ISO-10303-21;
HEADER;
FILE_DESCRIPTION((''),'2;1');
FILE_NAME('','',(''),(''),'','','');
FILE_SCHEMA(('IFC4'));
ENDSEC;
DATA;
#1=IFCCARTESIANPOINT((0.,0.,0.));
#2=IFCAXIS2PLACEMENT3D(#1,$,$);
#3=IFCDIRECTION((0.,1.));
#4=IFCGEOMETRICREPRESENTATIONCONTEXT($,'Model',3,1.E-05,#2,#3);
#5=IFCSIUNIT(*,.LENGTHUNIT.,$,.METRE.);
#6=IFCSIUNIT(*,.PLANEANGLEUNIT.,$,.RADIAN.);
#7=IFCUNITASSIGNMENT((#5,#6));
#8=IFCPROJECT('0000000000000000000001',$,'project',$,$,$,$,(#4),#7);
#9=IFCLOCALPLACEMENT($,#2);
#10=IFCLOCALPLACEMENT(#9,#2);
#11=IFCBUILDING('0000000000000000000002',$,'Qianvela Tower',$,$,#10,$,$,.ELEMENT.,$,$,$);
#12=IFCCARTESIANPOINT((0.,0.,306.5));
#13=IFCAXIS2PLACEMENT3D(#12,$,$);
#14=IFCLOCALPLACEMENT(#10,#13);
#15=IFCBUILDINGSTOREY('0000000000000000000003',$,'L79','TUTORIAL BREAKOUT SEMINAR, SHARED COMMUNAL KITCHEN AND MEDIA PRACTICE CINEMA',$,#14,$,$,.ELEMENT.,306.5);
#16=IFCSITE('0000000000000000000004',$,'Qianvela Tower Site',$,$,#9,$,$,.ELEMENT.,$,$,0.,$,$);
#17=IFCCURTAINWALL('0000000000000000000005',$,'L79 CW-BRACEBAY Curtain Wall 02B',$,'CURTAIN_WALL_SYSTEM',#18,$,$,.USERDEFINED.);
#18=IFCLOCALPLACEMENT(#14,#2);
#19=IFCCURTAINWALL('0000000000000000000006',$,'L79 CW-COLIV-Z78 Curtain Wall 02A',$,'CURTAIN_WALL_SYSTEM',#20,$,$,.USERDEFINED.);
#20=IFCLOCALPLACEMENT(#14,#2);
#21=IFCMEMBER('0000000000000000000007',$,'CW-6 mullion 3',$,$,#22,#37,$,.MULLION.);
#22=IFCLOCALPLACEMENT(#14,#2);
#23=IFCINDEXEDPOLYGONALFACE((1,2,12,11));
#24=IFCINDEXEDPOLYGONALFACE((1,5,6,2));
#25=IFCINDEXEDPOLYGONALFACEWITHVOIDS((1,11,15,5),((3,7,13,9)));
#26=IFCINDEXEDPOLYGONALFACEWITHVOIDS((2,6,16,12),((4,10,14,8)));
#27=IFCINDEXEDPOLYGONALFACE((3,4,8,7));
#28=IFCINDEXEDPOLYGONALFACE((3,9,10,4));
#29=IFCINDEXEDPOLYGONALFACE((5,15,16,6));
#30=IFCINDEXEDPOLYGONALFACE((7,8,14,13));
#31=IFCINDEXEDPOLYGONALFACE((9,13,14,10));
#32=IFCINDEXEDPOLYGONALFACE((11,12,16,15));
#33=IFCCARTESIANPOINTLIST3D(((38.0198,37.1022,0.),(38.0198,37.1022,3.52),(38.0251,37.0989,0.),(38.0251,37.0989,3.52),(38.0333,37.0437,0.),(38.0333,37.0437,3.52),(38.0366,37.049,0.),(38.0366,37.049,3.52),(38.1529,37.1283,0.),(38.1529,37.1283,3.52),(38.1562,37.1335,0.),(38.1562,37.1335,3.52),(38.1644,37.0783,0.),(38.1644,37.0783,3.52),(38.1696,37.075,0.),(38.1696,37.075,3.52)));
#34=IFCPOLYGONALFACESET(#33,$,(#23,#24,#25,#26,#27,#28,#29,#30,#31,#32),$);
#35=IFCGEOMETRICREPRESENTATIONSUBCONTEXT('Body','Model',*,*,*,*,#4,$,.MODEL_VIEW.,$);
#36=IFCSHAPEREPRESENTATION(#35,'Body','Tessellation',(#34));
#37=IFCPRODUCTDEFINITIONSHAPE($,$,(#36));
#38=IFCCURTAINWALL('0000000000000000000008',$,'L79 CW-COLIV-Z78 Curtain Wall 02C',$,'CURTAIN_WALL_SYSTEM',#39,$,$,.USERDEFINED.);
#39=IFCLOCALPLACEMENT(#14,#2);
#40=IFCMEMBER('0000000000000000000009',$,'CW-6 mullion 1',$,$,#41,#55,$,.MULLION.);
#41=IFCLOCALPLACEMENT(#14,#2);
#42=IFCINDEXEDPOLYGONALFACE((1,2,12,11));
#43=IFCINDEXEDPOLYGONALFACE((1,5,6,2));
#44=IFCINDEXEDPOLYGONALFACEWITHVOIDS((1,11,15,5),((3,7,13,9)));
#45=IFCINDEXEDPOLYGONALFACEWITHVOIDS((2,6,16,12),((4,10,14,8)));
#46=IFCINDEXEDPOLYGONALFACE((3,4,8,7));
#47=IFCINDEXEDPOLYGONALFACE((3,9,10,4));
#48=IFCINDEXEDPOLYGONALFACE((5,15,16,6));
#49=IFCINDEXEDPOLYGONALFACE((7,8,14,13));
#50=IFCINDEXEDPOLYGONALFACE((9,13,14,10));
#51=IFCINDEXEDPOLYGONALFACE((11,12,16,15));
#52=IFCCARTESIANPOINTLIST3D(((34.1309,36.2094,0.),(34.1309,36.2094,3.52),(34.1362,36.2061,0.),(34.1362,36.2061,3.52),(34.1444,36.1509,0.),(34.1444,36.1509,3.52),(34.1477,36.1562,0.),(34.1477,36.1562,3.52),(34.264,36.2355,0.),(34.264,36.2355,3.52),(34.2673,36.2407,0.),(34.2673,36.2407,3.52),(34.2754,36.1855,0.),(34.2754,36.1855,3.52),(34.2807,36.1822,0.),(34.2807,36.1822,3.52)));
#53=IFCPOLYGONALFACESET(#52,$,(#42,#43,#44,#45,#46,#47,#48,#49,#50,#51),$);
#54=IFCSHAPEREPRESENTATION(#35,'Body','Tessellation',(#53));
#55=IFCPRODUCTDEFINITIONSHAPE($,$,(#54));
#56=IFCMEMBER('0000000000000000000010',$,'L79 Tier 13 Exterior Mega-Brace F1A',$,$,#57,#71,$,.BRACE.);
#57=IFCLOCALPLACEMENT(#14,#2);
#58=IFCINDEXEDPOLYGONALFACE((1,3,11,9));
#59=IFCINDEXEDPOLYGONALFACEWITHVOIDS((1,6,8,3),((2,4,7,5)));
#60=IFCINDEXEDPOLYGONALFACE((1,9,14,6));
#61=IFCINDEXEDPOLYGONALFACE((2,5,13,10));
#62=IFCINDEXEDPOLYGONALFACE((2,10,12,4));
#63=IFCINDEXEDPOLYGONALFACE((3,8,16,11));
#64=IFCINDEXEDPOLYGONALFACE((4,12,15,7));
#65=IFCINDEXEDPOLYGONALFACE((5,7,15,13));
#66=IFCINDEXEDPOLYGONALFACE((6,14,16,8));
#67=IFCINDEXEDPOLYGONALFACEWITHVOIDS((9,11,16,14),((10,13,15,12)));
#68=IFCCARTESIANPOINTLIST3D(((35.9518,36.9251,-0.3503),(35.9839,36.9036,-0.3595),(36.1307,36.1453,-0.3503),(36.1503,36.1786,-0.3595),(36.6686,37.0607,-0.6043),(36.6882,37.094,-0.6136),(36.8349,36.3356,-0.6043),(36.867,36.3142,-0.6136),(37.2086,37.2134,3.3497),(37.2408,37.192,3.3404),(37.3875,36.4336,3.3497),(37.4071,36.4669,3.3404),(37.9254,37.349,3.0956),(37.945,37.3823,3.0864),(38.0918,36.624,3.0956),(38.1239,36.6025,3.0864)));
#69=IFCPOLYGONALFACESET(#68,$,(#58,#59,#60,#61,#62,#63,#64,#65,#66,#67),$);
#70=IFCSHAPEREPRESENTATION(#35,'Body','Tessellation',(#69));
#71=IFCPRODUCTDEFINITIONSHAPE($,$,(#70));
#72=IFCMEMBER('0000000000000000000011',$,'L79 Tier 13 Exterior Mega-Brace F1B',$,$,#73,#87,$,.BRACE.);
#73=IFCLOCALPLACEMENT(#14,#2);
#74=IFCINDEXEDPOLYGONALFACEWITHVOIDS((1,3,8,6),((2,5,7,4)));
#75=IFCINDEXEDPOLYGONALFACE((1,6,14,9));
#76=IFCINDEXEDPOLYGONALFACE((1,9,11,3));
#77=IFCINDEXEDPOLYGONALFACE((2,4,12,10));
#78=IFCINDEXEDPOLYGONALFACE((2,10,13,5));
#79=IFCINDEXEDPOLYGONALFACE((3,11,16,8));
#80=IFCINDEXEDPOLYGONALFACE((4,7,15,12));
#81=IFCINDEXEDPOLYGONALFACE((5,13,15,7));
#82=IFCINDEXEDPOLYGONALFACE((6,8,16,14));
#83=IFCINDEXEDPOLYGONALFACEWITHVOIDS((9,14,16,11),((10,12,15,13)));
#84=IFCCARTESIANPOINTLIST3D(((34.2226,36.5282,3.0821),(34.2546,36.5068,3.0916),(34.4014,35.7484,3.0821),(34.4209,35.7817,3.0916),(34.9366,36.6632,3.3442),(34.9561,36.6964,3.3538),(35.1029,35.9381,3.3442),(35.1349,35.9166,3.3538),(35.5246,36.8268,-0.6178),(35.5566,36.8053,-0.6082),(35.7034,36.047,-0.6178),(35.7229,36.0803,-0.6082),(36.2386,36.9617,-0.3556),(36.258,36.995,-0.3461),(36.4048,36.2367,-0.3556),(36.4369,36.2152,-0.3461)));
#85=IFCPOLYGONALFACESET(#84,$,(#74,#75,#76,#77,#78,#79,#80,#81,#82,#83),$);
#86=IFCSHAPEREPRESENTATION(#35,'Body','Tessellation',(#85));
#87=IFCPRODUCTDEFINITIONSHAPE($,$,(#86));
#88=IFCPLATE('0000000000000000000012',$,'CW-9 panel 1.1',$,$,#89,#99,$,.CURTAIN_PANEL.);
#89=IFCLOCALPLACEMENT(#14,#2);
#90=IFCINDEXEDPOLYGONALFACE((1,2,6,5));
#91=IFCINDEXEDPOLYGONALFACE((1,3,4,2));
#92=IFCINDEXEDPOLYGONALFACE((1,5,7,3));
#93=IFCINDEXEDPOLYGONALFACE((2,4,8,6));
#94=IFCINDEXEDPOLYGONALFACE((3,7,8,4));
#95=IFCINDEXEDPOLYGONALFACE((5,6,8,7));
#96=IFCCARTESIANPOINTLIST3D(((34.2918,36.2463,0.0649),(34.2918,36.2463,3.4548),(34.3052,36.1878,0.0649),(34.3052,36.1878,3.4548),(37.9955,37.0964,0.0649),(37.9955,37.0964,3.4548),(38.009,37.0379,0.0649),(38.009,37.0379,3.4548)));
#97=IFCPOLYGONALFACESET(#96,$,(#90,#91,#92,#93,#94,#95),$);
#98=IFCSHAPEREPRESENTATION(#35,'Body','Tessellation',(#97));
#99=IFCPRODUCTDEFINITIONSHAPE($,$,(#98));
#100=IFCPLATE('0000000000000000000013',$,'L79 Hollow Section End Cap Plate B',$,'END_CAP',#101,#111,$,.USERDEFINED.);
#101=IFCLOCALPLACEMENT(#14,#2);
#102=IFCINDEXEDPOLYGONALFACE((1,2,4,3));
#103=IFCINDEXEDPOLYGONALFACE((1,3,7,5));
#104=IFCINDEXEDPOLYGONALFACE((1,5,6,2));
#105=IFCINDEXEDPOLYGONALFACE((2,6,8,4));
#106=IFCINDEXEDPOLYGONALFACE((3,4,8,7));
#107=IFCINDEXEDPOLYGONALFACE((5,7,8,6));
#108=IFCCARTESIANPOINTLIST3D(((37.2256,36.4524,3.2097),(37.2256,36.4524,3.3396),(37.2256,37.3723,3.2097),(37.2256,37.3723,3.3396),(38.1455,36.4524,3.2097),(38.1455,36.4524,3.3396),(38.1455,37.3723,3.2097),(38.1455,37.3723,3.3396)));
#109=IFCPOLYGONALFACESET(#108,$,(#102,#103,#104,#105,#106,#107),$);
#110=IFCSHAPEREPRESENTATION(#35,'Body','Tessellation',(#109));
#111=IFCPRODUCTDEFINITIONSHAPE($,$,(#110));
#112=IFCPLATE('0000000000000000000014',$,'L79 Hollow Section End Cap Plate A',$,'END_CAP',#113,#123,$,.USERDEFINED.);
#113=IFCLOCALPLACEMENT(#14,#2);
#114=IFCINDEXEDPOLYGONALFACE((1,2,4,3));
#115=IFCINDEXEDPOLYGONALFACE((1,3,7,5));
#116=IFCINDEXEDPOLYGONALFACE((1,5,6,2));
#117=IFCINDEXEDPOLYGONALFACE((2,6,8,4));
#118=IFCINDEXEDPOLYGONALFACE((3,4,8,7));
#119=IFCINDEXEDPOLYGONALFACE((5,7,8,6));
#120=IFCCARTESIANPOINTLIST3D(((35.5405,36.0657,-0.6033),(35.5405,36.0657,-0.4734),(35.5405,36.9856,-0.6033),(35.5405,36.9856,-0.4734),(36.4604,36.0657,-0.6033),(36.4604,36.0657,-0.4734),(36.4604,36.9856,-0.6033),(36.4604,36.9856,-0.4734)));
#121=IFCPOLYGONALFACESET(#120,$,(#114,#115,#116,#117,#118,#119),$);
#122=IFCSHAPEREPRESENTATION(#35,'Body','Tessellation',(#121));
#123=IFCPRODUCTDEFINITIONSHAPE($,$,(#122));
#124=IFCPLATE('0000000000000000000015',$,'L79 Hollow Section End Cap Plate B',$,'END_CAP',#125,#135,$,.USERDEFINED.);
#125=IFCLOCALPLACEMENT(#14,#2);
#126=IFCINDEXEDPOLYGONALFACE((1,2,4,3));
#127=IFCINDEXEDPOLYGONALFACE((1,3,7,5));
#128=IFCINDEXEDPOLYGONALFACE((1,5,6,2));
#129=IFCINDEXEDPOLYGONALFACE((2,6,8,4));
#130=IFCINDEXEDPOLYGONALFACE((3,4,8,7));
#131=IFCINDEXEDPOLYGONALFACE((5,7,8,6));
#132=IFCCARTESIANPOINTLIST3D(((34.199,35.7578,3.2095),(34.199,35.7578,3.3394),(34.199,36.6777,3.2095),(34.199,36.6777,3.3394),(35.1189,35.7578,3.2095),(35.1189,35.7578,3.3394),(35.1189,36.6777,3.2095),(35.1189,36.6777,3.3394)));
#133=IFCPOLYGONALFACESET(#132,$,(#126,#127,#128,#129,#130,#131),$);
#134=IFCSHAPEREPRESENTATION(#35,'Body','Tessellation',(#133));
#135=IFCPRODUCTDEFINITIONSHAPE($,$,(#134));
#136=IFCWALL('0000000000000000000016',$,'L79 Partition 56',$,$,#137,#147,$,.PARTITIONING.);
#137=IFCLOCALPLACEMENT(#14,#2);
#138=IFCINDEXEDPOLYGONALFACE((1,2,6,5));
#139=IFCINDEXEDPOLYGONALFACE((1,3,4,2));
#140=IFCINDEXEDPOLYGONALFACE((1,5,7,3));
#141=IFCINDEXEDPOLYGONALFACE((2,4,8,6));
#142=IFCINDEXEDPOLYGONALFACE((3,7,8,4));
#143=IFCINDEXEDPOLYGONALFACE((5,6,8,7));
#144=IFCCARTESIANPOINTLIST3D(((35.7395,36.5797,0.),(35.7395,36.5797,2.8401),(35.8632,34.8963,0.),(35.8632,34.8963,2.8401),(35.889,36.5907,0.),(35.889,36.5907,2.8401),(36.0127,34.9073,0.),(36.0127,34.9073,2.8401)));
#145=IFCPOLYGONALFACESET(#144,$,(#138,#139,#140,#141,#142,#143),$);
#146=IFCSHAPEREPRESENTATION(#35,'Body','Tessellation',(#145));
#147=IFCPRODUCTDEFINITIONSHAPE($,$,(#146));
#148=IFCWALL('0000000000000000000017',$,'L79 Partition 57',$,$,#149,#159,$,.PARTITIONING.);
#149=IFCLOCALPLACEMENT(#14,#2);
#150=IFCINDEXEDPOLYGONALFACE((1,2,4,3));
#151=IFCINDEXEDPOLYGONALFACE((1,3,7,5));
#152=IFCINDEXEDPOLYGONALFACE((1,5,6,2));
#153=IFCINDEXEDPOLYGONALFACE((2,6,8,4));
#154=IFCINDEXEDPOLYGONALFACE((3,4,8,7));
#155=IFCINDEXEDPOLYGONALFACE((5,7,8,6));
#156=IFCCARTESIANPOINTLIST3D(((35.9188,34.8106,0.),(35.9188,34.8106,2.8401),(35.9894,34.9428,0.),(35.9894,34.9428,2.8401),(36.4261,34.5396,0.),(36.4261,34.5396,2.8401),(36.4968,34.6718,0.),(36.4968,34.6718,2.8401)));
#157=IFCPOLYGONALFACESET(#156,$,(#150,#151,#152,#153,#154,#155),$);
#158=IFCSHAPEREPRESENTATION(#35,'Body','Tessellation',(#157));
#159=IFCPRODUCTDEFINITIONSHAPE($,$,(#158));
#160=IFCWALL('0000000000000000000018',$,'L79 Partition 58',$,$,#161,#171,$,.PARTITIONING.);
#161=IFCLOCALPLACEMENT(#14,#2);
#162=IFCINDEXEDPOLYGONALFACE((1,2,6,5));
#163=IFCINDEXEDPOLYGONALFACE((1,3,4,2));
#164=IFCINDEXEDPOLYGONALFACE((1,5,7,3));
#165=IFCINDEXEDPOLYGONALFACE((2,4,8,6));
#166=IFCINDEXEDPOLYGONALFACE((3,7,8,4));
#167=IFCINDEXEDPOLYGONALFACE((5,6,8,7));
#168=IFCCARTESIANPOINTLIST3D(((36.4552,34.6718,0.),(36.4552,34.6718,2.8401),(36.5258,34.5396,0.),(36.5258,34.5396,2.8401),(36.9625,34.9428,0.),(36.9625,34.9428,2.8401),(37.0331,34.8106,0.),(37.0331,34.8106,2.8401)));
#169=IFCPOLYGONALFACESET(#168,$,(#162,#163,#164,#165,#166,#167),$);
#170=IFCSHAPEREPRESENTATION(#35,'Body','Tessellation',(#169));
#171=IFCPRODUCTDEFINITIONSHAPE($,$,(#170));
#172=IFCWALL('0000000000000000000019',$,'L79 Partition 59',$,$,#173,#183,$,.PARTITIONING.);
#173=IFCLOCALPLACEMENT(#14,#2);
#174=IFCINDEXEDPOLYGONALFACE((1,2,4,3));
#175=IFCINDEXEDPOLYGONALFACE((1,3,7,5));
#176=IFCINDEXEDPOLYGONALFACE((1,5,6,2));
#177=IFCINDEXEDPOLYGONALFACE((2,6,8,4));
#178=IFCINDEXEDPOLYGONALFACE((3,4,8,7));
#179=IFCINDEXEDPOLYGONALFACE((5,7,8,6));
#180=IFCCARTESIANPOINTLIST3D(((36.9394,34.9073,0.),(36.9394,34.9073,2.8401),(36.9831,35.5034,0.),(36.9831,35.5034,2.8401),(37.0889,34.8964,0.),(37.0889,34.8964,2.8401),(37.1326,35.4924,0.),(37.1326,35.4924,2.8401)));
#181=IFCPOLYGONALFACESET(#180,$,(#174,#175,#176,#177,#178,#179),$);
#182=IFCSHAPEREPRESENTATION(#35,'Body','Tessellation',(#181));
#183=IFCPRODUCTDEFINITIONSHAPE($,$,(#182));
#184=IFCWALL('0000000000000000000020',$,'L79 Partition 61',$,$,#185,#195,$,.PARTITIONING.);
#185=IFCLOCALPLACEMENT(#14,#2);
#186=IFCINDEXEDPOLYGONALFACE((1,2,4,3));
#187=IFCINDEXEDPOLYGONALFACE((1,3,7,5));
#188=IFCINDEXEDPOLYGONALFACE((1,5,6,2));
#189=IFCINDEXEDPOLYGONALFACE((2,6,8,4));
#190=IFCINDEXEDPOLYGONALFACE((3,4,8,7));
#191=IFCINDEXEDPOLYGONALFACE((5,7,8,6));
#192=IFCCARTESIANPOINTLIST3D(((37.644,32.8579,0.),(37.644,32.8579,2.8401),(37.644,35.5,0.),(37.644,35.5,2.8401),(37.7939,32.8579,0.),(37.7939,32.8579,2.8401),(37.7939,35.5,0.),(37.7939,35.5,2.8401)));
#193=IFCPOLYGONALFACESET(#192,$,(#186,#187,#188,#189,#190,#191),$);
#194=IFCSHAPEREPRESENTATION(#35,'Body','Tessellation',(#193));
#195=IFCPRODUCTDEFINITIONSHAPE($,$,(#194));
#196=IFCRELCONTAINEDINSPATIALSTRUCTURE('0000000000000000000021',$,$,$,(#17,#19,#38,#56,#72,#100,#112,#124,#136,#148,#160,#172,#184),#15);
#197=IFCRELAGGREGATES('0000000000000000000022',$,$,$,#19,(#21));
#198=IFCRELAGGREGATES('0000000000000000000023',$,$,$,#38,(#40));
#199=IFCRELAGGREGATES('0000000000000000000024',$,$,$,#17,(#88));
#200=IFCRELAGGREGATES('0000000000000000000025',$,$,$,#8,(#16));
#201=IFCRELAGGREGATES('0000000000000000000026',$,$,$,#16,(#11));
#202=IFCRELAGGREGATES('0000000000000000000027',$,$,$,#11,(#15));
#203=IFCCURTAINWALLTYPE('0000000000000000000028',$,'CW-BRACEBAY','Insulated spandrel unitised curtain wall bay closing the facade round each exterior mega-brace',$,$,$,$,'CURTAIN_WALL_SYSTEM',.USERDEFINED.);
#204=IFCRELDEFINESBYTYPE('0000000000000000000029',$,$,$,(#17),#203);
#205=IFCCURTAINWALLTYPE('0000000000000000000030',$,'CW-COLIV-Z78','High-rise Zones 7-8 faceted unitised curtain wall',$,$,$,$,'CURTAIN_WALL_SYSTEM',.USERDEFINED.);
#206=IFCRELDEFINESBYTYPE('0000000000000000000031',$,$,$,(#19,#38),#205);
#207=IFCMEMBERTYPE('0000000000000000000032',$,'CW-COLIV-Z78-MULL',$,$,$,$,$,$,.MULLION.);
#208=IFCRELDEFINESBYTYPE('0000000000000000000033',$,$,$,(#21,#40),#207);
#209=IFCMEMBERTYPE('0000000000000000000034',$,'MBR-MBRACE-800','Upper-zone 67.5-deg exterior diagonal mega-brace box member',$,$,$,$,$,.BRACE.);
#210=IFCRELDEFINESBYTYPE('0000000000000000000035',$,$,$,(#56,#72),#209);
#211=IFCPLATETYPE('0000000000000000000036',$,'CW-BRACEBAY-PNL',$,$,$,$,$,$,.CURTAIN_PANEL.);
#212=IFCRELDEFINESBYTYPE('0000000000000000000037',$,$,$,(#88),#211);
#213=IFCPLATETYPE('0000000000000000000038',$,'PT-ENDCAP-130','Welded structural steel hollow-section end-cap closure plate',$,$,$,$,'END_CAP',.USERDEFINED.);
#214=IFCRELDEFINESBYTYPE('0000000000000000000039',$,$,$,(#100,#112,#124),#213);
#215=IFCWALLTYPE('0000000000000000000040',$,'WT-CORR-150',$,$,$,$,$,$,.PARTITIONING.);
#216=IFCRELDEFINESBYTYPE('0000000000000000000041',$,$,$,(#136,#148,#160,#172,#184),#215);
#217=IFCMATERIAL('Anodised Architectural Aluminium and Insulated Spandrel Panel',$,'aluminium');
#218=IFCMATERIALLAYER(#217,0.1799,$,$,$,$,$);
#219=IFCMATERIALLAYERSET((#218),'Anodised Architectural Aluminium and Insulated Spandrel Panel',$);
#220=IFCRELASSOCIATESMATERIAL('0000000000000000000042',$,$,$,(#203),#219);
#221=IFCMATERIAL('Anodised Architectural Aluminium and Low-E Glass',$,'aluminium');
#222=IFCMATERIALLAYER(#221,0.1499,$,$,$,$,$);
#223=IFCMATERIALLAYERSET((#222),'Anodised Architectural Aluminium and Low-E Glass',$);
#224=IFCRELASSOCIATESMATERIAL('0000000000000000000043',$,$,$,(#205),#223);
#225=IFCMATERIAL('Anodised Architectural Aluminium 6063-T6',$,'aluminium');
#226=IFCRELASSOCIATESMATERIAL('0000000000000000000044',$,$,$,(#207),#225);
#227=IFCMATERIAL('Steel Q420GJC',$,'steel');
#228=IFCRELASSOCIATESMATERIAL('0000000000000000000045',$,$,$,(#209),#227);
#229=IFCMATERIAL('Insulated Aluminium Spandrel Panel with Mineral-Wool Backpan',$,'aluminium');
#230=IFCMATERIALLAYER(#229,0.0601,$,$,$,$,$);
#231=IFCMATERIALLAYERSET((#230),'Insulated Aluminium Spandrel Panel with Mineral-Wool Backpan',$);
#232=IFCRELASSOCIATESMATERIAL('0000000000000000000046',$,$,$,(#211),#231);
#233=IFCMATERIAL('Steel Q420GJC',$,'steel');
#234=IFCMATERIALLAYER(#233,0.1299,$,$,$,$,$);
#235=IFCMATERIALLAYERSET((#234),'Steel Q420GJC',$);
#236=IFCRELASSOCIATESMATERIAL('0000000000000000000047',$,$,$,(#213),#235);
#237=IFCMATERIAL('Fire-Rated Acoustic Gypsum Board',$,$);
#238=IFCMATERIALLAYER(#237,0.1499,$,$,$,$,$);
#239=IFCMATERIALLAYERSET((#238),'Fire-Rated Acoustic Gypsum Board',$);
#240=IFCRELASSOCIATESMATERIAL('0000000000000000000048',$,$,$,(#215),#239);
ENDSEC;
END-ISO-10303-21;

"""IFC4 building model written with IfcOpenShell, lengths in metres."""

from ifc_helpers import new_model, si_unit, direction, frame, frame_2d, origin, origin_2d, place, context, subcontext, project, spatial, rectangle, hollow_rectangle, extrude, material, layer, layer_set, material_profile, profile_set, type_object, element, aggregate, save


model = new_model("IFC4")

# Units and contexts
model_context = context("Model", 3, precision=1e-05, world=origin(), true_north=direction((0.0, 1.0)))
body_context = subcontext(model_context, "Body", "Model", "MODEL_VIEW")
ifc_project = project(units=[si_unit("LENGTHUNIT", "METRE"), si_unit("PLANEANGLEUNIT", "RADIAN")], contexts=[model_context])

# Site, building, storey
site_placement = place(None, origin())
site = spatial("IfcSite", under=ifc_project, at=site_placement, Name="Qianvela Tower Site", CompositionType="ELEMENT", RefElevation=0.0)
building_placement = place(site_placement, origin())
building = spatial("IfcBuilding", under=site, at=building_placement, Name="Qianvela Tower", CompositionType="ELEMENT")
storey_placement = place(building_placement, frame((0.0, 0.0, 306.5)))
storey = spatial("IfcBuildingStorey", under=building, at=storey_placement, Name="L79", Description="TUTORIAL BREAKOUT SEMINAR, SHARED COMMUNAL KITCHEN AND MEDIA PRACTICE CINEMA", CompositionType="ELEMENT", Elevation=306.5)

# Curtain wall
ifc_material_1 = material(Name="Anodised Architectural Aluminium and Insulated Spandrel Panel", Category="aluminium")
ifc_layer_1 = layer(ifc_material_1, 0.1799)
ifc_layer_set_1 = layer_set([ifc_layer_1], Name="Anodised Architectural Aluminium and Insulated Spandrel Panel")
curtain_wall_type_1 = type_object("IfcCurtainWallType", Name="CW-BRACEBAY", Description="Insulated spandrel unitised curtain wall bay closing the facade round each exterior mega-brace", ElementType="CURTAIN_WALL_SYSTEM", PredefinedType="USERDEFINED", material=ifc_layer_set_1)
curtain_wall_1_placement = place(storey_placement, origin())
curtain_wall_1 = element("IfcCurtainWall", 1, at=curtain_wall_1_placement, inside=storey, type_object=curtain_wall_type_1, Name="L79 CW-BRACEBAY Curtain Wall 02B", ObjectType="CURTAIN_WALL_SYSTEM", PredefinedType="USERDEFINED")

# Curtain walls, members
ifc_material_2 = material(Name="Anodised Architectural Aluminium and Low-E Glass", Category="aluminium")
ifc_layer_2 = layer(ifc_material_2, 0.1499)
ifc_layer_set_2 = layer_set([ifc_layer_2], Name="Anodised Architectural Aluminium and Low-E Glass")
curtain_wall_type_2 = type_object("IfcCurtainWallType", Name="CW-COLIV-Z78", Description="High-rise Zones 7-8 faceted unitised curtain wall", ElementType="CURTAIN_WALL_SYSTEM", PredefinedType="USERDEFINED", material=ifc_layer_set_2)
curtain_wall_2_placement = place(storey_placement, origin())
curtain_wall_2 = element("IfcCurtainWall", 2, at=curtain_wall_2_placement, inside=storey, type_object=curtain_wall_type_2, Name="L79 CW-COLIV-Z78 Curtain Wall 02A", ObjectType="CURTAIN_WALL_SYSTEM", PredefinedType="USERDEFINED")
ifc_material_3 = material(Name="Anodised Architectural Aluminium 6063-T6", Category="aluminium")
ifc_material_profile_1 = material_profile(ifc_material_3, hollow_rectangle(XDim=0.0601, YDim=0.1399, WallThickness=0.0044, at=origin_2d()), Name="ALU-MULL-60x140")
ifc_profile_set_1 = profile_set([ifc_material_profile_1], Name="Anodised Architectural Aluminium 6063-T6")
member_type_1 = type_object("IfcMemberType", Name="CW-COLIV-Z78-MULL", PredefinedType="MULLION", material=ifc_profile_set_1)
member_1_placement = place(storey_placement, frame((38.0947, 37.0886, 0.0), z_axis=(0.0, 0.0, 1.0), x_axis=(0.223706, -0.974657, 0.0)))
member_1 = element("IfcMember", 3, at=member_1_placement, type_object=member_type_1, Name="CW-6 mullion 3", PredefinedType="MULLION", context=body_context, shape_type="SweptSolid", body=[
    extrude(hollow_rectangle(XDim=0.0601, YDim=0.1399, WallThickness=0.0044, at=origin_2d()), origin(), (0.0, 0.0, 1.0), 3.52),
])
aggregate(curtain_wall_2, [member_1])
curtain_wall_3_placement = place(storey_placement, origin())
curtain_wall_3 = element("IfcCurtainWall", 4, at=curtain_wall_3_placement, inside=storey, type_object=curtain_wall_type_2, Name="L79 CW-COLIV-Z78 Curtain Wall 02C", ObjectType="CURTAIN_WALL_SYSTEM", PredefinedType="USERDEFINED")
member_2_placement = place(storey_placement, frame((34.2058, 36.1958, 0.0), z_axis=(0.0, 0.0, 1.0), x_axis=(0.22371, -0.974656, 0.0)))
member_2 = element("IfcMember", 5, at=member_2_placement, type_object=member_type_1, Name="CW-6 mullion 1", PredefinedType="MULLION", context=body_context, shape_type="SweptSolid", body=[
    extrude(hollow_rectangle(XDim=0.0601, YDim=0.1399, WallThickness=0.0044, at=origin_2d()), origin(), (0.0, 0.0, 1.0), 3.52),
])
aggregate(curtain_wall_3, [member_2])

# Members
ifc_material_4 = material(Name="Steel Q420GJC", Category="steel")
ifc_material_profile_2 = material_profile(ifc_material_4, hollow_rectangle(XDim=0.8, YDim=0.8, WallThickness=0.0281, at=origin_2d()), Name="MBOX-800x800x28")
ifc_profile_set_2 = profile_set([ifc_material_profile_2], Name="Steel Q420GJC")
member_type_2 = type_object("IfcMemberType", Name="MBR-MBRACE-800", Description="Upper-zone 67.5-deg exterior diagonal mega-brace box member", PredefinedType="BRACE", material=ifc_profile_set_2)
member_3_placement = place(storey_placement, frame((36.4094, 36.6196, -0.4819), z_axis=(0.320767, 0.073587, 0.944295), x_axis=(-0.223601, 0.974681, 0.0)))
element("IfcMember", 6, at=member_3_placement, inside=storey, type_object=member_type_2, Name="L79 Tier 13 Exterior Mega-Brace F1A", PredefinedType="BRACE", context=body_context, shape_type="SweptSolid", body=[
    extrude(hollow_rectangle(XDim=0.8, YDim=0.8, WallThickness=0.0281, at=origin_2d()), origin(), (0.0, 0.0, 1.0), 3.9182),
])
member_4_placement = place(storey_placement, frame((35.9807, 36.521, -0.4819), z_axis=(-0.330987, -0.075904, 0.940578), x_axis=(0.223524, -0.974698, 0.0)))
element("IfcMember", 7, at=member_4_placement, inside=storey, type_object=member_type_2, Name="L79 Tier 13 Exterior Mega-Brace F1B", PredefinedType="BRACE", context=body_context, shape_type="SweptSolid", body=[
    extrude(hollow_rectangle(XDim=0.8, YDim=0.8, WallThickness=0.0281, at=origin_2d()), origin(), (0.0, 0.0, 1.0), 3.9336),
])

# Plate
ifc_material_5 = material(Name="Insulated Aluminium Spandrel Panel with Mineral-Wool Backpan", Category="aluminium")
ifc_layer_3 = layer(ifc_material_5, 0.0601)
ifc_layer_set_3 = layer_set([ifc_layer_3], Name="Insulated Aluminium Spandrel Panel with Mineral-Wool Backpan")
plate_type_1 = type_object("IfcPlateType", Name="CW-BRACEBAY-PNL", PredefinedType="CURTAIN_PANEL", material=ifc_layer_set_3)
plate_placement = place(storey_placement, frame((36.1504, 36.6421, 0.0649), z_axis=(0.0, 0.0, 1.0), x_axis=(-0.974655, -0.223715, 0.0)))
plate = element("IfcPlate", 8, at=plate_placement, type_object=plate_type_1, Name="CW-9 panel 1.1", PredefinedType="CURTAIN_PANEL", context=body_context, shape_type="SweptSolid", body=[
    extrude(rectangle(XDim=3.8, YDim=0.0601, at=origin_2d()), origin(), (0.0, 0.0, 1.0), 3.3899),
])
aggregate(curtain_wall_1, [plate])

# Plates
ifc_material_6 = material(Name="Steel Q420GJC", Category="steel")
ifc_layer_4 = layer(ifc_material_6, 0.1299)
ifc_layer_set_4 = layer_set([ifc_layer_4], Name="Steel Q420GJC")
plate_type_2 = type_object("IfcPlateType", Name="PT-ENDCAP-130", Description="Welded structural steel hollow-section end-cap closure plate", ElementType="END_CAP", PredefinedType="USERDEFINED", material=ifc_layer_set_4)
for number, where, z_axis, x_axis, name in (
    (9, (37.6855, 36.9124, 3.2097), (0.0, 0.0, 1.0), (1.0, 0.0, 0.0), "L79 Hollow Section End Cap Plate B"),
    (10, (36.0005, 36.5256, -0.6033), (0.0, 0.0, 1.0), (1.0, 0.0, 0.0), "L79 Hollow Section End Cap Plate A"),
    (11, (34.6589, 36.2178, 3.2095), (0.0, 0.0, 1.0), (1.0, 0.0, 0.0), "L79 Hollow Section End Cap Plate B"),
):
    element("IfcPlate", number, at=place(storey_placement, frame(where, z_axis=z_axis, x_axis=x_axis)), inside=storey, type_object=plate_type_2, Name=name, ObjectType="END_CAP", PredefinedType="USERDEFINED", context=body_context, shape_type="SweptSolid", body=[
        extrude(rectangle(XDim=0.9199, YDim=0.9199, at=origin_2d()), origin(), (0.0, 0.0, 1.0), 0.1299),
    ])

# Walls
ifc_material_7 = material(Name="Fire-Rated Acoustic Gypsum Board")
ifc_layer_5 = layer(ifc_material_7, 0.1499)
ifc_layer_set_5 = layer_set([ifc_layer_5], Name="Fire-Rated Acoustic Gypsum Board")
wall_type_1 = type_object("IfcWallType", Name="WT-CORR-150", PredefinedType="PARTITIONING", material=ifc_layer_set_5)
wall_1_placement = place(storey_placement, frame((35.8142, 36.5852, 0.0), z_axis=(0.0, 0.0, 1.0), x_axis=(0.073334, -0.997307, 0.0)))
element("IfcWall", 12, at=wall_1_placement, inside=storey, type_object=wall_type_1, Name="L79 Partition 56", PredefinedType="PARTITIONING", context=body_context, shape_type="SweptSolid", body=[
    extrude(rectangle(XDim=1.688, YDim=0.1499, at=frame_2d((0.844, 0.0))), origin(), (0.0, 0.0, 1.0), 2.8401),
])
for number, where, z_axis, x_axis, name in (
    (13, (35.9541, 34.8767, 0.0), (0.0, 0.0, 1.0), (0.882047, -0.471161, 0.0), "L79 Partition 57"),
    (14, (36.4905, 34.6057, 0.0), (0.0, 0.0, 1.0), (0.882047, 0.471161, 0.0), "L79 Partition 58"),
):
    element("IfcWall", number, at=place(storey_placement, frame(where, z_axis=z_axis, x_axis=x_axis)), inside=storey, type_object=wall_type_1, Name=name, PredefinedType="PARTITIONING", context=body_context, shape_type="SweptSolid", body=[
        extrude(rectangle(XDim=0.5752, YDim=0.1499, at=frame_2d((0.2876, 0.0))), origin(), (0.0, 0.0, 1.0), 2.8401),
    ])
wall_2_placement = place(storey_placement, frame((37.0142, 34.9019, 0.0), z_axis=(0.0, 0.0, 1.0), x_axis=(0.073134, 0.997322, 0.0)))
element("IfcWall", 15, at=wall_2_placement, inside=storey, type_object=wall_type_1, Name="L79 Partition 59", PredefinedType="PARTITIONING", context=body_context, shape_type="SweptSolid", body=[
    extrude(rectangle(XDim=0.5977, YDim=0.1499, at=frame_2d((0.2988, 0.0))), origin(), (0.0, 0.0, 1.0), 2.8401),
])
wall_3_placement = place(storey_placement, frame((37.719, 35.5, 0.0), z_axis=(0.0, 0.0, 1.0), x_axis=(0.0, -1.0, 0.0)))
element("IfcWall", 16, at=wall_3_placement, inside=storey, type_object=wall_type_1, Name="L79 Partition 61", PredefinedType="PARTITIONING", context=body_context, shape_type="SweptSolid", body=[
    extrude(rectangle(XDim=2.6421, YDim=0.1499, at=frame_2d((1.321, 0.0))), origin(), (0.0, 0.0, 1.0), 2.8401),
])

save(model, "model.ifc")
